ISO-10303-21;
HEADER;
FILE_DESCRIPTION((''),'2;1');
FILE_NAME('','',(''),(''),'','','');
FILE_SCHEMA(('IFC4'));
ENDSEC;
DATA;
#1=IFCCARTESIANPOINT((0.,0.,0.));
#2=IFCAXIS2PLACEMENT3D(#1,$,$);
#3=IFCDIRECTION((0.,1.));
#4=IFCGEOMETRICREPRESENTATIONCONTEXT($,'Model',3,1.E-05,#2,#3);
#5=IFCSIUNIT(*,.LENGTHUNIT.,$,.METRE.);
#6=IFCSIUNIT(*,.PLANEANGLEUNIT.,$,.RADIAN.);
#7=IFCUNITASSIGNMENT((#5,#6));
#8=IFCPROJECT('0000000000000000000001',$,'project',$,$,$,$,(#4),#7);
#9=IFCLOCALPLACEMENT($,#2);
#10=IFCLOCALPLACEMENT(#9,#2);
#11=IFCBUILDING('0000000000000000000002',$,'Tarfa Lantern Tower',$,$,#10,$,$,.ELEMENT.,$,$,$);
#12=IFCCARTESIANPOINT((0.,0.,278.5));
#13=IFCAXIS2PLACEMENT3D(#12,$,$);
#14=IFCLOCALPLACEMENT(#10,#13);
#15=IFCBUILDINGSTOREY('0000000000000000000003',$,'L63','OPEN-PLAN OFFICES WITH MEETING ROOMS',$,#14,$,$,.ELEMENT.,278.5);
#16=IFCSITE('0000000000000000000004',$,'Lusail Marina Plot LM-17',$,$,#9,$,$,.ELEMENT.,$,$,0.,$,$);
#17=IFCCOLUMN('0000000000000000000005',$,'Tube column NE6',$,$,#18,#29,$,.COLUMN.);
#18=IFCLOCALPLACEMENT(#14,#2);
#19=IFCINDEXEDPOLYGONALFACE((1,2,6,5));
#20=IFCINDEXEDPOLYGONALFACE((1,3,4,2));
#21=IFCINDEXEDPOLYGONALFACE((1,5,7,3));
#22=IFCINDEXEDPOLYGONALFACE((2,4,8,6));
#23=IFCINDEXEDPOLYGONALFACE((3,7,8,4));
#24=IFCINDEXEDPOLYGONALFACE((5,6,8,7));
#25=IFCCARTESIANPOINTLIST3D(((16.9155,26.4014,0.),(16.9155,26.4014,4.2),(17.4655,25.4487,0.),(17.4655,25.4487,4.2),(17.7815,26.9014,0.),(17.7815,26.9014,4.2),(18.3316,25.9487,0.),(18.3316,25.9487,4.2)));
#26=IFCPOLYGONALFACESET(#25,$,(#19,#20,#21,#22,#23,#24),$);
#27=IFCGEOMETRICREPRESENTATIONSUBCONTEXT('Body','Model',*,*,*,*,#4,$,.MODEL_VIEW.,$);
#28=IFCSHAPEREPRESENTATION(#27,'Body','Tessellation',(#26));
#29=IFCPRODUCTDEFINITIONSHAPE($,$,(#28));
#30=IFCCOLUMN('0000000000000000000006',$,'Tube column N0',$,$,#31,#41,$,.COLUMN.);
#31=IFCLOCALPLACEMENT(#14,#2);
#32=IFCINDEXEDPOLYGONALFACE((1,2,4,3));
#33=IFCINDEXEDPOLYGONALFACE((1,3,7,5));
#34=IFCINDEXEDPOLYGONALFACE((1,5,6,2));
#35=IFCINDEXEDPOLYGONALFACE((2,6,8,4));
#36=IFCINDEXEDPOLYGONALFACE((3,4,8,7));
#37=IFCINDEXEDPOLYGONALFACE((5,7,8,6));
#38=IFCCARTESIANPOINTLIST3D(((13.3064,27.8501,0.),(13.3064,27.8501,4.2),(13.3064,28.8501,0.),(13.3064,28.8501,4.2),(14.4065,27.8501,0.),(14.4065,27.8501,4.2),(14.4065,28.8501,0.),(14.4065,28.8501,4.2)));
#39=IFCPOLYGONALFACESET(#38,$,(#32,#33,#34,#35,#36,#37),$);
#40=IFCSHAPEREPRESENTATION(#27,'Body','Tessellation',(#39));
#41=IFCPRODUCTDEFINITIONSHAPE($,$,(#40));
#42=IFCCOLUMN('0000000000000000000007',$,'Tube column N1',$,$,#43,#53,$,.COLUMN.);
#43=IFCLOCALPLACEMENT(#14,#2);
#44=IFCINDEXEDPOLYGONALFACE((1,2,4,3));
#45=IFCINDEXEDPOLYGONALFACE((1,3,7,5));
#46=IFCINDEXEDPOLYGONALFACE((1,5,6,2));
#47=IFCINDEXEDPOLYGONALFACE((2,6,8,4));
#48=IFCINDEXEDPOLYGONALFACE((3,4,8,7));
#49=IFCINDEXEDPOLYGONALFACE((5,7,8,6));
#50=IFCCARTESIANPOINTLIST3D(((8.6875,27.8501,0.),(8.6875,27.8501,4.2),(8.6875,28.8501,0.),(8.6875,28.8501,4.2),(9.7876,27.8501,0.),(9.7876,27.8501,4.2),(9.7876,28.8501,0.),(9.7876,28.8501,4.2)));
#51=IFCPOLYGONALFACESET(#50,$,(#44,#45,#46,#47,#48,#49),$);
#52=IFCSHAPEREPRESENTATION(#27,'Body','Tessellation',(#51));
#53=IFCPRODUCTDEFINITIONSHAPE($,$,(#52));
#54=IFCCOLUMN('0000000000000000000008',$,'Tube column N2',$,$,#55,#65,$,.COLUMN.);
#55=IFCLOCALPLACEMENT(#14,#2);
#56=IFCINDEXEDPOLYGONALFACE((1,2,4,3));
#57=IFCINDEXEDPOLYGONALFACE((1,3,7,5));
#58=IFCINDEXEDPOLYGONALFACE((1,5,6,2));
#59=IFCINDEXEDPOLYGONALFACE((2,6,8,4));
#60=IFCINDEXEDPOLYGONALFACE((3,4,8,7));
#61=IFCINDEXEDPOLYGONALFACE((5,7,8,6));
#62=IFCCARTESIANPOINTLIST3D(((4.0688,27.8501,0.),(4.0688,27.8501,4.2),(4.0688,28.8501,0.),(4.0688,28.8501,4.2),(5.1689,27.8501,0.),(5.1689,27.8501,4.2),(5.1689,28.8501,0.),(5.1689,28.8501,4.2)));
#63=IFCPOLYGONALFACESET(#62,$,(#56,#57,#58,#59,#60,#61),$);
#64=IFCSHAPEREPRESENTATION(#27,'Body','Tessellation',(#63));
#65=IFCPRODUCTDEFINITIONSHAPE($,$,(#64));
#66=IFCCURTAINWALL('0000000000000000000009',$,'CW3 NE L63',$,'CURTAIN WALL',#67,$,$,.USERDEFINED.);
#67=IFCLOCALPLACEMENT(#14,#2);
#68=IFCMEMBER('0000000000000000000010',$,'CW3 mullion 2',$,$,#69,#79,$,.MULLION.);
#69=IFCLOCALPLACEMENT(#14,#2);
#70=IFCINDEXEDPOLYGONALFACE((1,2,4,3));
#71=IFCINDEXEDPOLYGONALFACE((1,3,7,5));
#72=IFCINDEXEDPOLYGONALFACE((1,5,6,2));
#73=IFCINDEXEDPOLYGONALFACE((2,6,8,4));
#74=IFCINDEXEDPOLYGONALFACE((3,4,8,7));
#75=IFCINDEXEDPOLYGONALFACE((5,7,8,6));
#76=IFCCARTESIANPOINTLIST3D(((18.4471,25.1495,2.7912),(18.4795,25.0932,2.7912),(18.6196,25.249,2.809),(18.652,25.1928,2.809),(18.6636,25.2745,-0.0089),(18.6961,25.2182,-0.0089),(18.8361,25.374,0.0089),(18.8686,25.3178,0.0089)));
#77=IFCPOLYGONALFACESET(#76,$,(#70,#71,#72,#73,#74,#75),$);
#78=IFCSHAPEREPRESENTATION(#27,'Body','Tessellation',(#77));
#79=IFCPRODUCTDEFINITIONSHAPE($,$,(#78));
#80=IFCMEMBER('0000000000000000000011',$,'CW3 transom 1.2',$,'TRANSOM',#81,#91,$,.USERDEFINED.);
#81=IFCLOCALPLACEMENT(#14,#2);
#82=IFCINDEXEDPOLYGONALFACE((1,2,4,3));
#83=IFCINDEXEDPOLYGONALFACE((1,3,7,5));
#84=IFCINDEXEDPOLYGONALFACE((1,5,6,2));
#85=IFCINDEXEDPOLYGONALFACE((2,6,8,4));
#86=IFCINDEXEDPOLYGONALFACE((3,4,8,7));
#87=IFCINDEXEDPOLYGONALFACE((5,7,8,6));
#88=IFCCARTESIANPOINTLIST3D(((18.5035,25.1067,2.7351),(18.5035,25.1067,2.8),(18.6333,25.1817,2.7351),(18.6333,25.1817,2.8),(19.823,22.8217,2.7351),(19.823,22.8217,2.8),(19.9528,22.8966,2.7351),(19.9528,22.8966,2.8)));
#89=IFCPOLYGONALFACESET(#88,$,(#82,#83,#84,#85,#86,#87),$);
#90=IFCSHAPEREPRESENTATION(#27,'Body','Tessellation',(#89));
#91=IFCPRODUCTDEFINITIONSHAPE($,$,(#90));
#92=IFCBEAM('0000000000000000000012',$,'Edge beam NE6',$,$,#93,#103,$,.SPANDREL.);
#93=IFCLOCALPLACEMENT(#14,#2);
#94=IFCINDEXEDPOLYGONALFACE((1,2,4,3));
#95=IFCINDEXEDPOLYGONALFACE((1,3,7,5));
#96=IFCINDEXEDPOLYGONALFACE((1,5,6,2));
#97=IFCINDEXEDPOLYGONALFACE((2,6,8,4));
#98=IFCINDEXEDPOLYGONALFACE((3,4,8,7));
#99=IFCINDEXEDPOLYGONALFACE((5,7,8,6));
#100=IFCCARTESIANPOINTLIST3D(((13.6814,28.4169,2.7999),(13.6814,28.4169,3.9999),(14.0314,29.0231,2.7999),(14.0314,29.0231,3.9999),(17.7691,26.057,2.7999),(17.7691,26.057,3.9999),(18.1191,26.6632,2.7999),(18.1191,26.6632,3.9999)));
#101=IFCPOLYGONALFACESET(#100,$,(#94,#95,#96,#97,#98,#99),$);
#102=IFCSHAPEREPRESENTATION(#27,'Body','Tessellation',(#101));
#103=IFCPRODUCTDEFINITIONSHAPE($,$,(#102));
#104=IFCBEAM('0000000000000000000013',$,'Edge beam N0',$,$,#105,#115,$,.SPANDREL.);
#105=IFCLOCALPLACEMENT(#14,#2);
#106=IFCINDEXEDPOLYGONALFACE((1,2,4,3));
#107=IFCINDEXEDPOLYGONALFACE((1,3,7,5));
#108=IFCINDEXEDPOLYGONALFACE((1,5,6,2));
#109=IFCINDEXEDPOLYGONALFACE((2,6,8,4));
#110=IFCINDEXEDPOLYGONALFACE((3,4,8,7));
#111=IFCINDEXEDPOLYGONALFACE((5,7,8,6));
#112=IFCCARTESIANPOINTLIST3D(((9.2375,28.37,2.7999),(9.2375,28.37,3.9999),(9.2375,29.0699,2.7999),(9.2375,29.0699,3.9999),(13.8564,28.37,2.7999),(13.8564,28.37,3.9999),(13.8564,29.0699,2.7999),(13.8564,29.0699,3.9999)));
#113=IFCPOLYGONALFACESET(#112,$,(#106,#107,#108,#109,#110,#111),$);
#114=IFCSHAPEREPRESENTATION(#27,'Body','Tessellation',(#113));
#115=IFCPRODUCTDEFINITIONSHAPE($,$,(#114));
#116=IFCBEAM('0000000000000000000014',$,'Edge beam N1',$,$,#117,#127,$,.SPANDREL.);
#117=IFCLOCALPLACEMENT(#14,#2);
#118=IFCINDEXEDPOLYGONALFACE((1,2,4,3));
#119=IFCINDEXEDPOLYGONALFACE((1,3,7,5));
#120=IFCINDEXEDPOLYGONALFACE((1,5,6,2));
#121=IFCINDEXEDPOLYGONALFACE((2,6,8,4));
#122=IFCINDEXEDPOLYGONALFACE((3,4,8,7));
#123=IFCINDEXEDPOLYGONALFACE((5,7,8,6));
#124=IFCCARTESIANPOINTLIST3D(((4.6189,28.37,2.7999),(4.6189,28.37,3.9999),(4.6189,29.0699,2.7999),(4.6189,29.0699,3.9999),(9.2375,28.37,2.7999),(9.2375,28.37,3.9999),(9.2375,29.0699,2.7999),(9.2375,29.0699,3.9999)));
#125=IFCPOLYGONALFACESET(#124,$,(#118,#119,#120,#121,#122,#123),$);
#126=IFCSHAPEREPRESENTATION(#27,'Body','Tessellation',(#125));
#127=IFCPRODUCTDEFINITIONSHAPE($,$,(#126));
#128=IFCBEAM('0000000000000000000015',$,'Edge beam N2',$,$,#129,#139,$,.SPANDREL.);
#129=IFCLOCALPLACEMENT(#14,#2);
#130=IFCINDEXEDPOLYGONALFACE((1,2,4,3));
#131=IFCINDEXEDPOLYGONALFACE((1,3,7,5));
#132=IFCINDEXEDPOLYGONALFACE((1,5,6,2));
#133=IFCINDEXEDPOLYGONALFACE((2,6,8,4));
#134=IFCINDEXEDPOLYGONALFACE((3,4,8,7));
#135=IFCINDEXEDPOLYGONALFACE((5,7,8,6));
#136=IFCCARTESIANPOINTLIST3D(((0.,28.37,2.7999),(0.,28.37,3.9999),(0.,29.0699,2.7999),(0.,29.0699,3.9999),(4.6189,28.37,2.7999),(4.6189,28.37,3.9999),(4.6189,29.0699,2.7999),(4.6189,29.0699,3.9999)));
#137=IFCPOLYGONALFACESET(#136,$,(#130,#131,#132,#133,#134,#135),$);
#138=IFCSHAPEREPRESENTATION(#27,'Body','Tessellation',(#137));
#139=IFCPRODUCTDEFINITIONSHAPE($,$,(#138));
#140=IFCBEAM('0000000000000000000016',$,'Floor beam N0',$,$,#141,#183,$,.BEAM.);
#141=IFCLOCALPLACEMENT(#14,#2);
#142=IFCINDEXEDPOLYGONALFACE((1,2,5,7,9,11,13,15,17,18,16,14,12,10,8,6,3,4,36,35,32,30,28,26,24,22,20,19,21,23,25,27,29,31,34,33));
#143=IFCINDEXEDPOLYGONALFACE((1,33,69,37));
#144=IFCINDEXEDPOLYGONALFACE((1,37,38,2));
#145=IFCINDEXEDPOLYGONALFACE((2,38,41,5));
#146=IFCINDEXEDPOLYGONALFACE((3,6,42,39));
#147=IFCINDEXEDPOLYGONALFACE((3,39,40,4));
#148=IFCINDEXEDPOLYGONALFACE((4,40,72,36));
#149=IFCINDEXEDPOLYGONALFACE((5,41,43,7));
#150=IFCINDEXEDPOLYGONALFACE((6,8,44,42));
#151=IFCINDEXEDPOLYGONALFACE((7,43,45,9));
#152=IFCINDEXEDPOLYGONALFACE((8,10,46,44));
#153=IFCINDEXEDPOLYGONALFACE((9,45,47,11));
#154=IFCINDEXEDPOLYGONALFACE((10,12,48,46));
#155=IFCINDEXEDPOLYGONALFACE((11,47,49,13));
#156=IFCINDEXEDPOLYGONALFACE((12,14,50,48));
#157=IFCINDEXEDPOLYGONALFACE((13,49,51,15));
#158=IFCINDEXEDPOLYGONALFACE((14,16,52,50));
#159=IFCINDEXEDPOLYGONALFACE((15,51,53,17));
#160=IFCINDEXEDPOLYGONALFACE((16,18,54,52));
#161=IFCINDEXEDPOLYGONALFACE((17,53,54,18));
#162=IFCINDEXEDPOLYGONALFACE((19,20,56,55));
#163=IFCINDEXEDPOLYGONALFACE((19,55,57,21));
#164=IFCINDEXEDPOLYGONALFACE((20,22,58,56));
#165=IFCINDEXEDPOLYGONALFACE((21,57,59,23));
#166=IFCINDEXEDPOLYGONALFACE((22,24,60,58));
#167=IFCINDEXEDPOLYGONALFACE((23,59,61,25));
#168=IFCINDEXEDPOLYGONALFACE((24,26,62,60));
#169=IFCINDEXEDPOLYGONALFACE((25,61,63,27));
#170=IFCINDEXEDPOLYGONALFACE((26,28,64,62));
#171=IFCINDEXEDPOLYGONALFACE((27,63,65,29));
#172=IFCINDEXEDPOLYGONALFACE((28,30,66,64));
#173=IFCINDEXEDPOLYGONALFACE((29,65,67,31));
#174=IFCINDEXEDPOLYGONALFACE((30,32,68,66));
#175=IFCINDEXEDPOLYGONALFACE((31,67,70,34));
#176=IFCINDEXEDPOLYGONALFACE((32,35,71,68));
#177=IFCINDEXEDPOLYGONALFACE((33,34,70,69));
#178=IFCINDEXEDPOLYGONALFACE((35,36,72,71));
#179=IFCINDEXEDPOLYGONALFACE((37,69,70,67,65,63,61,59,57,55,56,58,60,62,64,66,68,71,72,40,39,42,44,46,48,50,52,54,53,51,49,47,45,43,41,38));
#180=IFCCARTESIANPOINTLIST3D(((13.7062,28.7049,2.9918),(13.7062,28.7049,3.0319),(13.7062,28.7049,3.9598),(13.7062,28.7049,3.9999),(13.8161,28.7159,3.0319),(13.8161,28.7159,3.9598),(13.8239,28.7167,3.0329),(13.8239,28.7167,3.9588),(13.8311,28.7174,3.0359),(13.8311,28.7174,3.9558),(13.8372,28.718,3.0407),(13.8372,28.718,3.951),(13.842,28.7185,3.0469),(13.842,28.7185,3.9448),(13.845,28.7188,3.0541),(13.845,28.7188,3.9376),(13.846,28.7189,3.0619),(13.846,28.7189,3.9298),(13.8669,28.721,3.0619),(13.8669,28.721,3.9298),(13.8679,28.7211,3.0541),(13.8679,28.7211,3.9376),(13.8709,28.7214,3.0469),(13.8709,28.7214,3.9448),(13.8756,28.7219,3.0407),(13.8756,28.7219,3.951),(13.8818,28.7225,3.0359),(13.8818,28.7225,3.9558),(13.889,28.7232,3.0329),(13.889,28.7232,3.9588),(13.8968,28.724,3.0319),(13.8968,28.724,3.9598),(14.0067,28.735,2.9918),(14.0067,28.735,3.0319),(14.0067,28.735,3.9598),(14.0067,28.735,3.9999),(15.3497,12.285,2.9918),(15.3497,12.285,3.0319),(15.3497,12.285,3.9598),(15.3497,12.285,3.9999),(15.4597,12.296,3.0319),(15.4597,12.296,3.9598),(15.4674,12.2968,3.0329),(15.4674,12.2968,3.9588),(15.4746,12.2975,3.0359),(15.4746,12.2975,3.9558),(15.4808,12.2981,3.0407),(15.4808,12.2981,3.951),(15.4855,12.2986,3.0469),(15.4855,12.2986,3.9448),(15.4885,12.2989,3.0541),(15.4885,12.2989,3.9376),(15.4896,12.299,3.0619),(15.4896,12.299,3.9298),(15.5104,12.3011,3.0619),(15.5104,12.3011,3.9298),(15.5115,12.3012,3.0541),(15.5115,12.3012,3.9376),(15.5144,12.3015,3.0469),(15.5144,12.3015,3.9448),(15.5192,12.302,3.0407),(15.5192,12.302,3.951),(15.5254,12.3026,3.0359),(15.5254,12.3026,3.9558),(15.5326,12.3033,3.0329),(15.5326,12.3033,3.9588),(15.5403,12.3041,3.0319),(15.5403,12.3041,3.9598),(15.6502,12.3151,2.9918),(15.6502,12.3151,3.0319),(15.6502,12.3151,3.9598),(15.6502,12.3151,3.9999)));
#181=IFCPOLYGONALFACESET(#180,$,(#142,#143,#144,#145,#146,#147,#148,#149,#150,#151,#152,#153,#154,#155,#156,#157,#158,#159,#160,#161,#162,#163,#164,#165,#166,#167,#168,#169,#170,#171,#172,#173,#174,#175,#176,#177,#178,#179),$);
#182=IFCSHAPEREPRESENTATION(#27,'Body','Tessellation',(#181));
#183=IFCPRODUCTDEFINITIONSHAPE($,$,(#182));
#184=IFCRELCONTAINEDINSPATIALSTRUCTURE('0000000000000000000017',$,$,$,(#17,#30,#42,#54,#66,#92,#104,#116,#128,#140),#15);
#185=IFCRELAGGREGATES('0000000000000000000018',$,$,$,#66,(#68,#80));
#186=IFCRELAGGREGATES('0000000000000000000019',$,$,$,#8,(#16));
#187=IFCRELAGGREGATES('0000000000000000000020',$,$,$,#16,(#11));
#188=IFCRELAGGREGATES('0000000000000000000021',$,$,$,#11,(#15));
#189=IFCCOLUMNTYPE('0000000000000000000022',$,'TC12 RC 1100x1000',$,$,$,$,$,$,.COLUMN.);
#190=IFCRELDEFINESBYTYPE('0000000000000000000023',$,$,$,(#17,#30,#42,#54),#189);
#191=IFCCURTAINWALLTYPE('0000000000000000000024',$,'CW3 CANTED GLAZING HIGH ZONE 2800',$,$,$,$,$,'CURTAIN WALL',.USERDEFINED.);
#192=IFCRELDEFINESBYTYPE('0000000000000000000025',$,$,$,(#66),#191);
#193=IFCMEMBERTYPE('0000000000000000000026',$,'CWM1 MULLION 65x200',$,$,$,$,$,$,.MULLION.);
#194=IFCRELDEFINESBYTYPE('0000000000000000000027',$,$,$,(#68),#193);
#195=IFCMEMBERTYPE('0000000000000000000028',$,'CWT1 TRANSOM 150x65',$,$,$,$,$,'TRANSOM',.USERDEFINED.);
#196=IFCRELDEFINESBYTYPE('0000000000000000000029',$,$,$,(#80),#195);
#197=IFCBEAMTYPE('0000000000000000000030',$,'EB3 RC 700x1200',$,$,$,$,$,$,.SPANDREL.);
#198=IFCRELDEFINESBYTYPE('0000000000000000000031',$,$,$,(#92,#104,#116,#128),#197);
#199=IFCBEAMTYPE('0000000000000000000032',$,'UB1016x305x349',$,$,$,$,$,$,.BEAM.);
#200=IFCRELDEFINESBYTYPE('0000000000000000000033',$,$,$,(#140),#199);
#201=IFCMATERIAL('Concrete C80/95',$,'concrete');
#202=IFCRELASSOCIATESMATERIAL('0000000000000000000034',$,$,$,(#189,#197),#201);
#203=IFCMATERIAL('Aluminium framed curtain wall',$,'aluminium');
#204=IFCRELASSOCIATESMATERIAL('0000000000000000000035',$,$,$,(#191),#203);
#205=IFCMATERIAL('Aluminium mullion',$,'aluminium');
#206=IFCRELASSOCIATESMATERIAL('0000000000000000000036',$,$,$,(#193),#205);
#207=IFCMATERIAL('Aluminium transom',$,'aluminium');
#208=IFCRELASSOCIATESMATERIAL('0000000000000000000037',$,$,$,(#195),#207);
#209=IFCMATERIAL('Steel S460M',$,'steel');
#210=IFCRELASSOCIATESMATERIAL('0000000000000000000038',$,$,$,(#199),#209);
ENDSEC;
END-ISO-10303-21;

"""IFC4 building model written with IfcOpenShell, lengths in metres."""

from ifc_helpers import new_model, si_unit, direction, frame, origin, origin_2d, place, context, subcontext, project, spatial, rectangle, i_section, extrude, material, material_profile, profile_set, type_object, element, aggregate, save


model = new_model("IFC4")

# Units and contexts
model_context = context("Model", 3, precision=1e-05, world=origin(), true_north=direction((0.0, 1.0)))
body_context = subcontext(model_context, "Body", "Model", "MODEL_VIEW")
ifc_project = project(units=[si_unit("LENGTHUNIT", "METRE"), si_unit("PLANEANGLEUNIT", "RADIAN")], contexts=[model_context])

# Site, building, storey
site_placement = place(None, origin())
site = spatial("IfcSite", under=ifc_project, at=site_placement, Name="Lusail Marina Plot LM-17", CompositionType="ELEMENT", RefElevation=0.0)
building_placement = place(site_placement, origin())
building = spatial("IfcBuilding", under=site, at=building_placement, Name="Tarfa Lantern Tower", CompositionType="ELEMENT")
storey_placement = place(building_placement, frame((0.0, 0.0, 278.5)))
storey = spatial("IfcBuildingStorey", under=building, at=storey_placement, Name="L63", Description="OPEN-PLAN OFFICES WITH MEETING ROOMS", CompositionType="ELEMENT", Elevation=278.5)

# Columns
ifc_material_1 = material(Name="Concrete C80/95", Category="concrete")
ifc_material_profile_1 = material_profile(ifc_material_1, rectangle(XDim=1.1001, YDim=1.0, at=origin_2d()), Name="RC 1100x1000")
ifc_profile_set_1 = profile_set([ifc_material_profile_1], Name="Concrete C80/95")
column_type = type_object("IfcColumnType", Name="TC12 RC 1100x1000", PredefinedType="COLUMN", material=ifc_profile_set_1)
for number, where, z_axis, x_axis, name in (
    (1, (17.6235, 26.175, 0.0), (0.0, 0.0, 1.0), (-0.5, 0.866025, 0.0), "Tube column NE6"),
    (2, (13.8564, 28.3501, 0.0), (0.0, 0.0, 1.0), (-1.0, 0.0, 0.0), "Tube column N0"),
    (3, (9.2375, 28.3501, 0.0), (0.0, 0.0, 1.0), (-1.0, 0.0, 0.0), "Tube column N1"),
    (4, (4.6189, 28.3501, 0.0), (0.0, 0.0, 1.0), (-1.0, 0.0, 0.0), "Tube column N2"),
):
    element("IfcColumn", number, at=place(storey_placement, frame(where, z_axis=z_axis, x_axis=x_axis)), inside=storey, type_object=column_type, Name=name, PredefinedType="COLUMN", context=body_context, shape_type="SweptSolid", body=[
        extrude(rectangle(XDim=1.1001, YDim=1.0, at=origin_2d()), origin(), (0.0, 0.0, 1.0), 4.2),
    ])

# Curtain wall, members
ifc_material_2 = material(Name="Aluminium framed curtain wall", Category="aluminium")
curtain_wall_type = type_object("IfcCurtainWallType", Name="CW3 CANTED GLAZING HIGH ZONE 2800", ElementType="CURTAIN WALL", PredefinedType="USERDEFINED", material=ifc_material_2)
curtain_wall_placement = place(storey_placement, origin())
curtain_wall = element("IfcCurtainWall", 5, at=curtain_wall_placement, inside=storey, type_object=curtain_wall_type, Name="CW3 NE L63", ObjectType="CURTAIN WALL", PredefinedType="USERDEFINED")
ifc_material_3 = material(Name="Aluminium mullion", Category="aluminium")
ifc_material_profile_2 = material_profile(ifc_material_3, rectangle(XDim=0.0649, YDim=0.2, at=origin_2d()), Name="AL MULLION 65x200")
ifc_profile_set_2 = profile_set([ifc_material_profile_2], Name="Aluminium mullion")
member_type_1 = type_object("IfcMemberType", Name="CWM1 MULLION 65x200", PredefinedType="MULLION", material=ifc_profile_set_2)
member_1_placement = place(storey_placement, frame((18.7661, 25.2961, 0.0), z_axis=(-0.077032, -0.044465, 0.996037), x_axis=(0.49992, -0.866072, 0.0)))
member_1 = element("IfcMember", 6, at=member_1_placement, type_object=member_type_1, Name="CW3 mullion 2", PredefinedType="MULLION", context=body_context, shape_type="SweptSolid", body=[
    extrude(rectangle(XDim=0.0649, YDim=0.2, at=origin_2d()), origin(), (0.0, 0.0, 1.0), 2.8113),
])
ifc_material_4 = material(Name="Aluminium transom", Category="aluminium")
ifc_material_profile_3 = material_profile(ifc_material_4, rectangle(XDim=0.1499, YDim=0.0649, at=origin_2d()), Name="AL TRANSOM 150x65")
ifc_profile_set_3 = profile_set([ifc_material_profile_3], Name="Aluminium transom")
member_type_2 = type_object("IfcMemberType", Name="CWT1 TRANSOM 150x65", ElementType="TRANSOM", PredefinedType="USERDEFINED", material=ifc_profile_set_3)
member_2_placement = place(storey_placement, frame((19.8879, 22.8591, 2.7676), z_axis=(-0.500069, 0.865985, 0.0), x_axis=(-0.865985, -0.500069, 0.0)))
member_2 = element("IfcMember", 7, at=member_2_placement, type_object=member_type_2, Name="CW3 transom 1.2", ObjectType="TRANSOM", PredefinedType="USERDEFINED", context=body_context, shape_type="SweptSolid", body=[
    extrude(rectangle(XDim=0.1499, YDim=0.0649, at=origin_2d()), origin(), (0.0, 0.0, 1.0), 2.6387),
])

# Beams
ifc_material_profile_4 = material_profile(ifc_material_1, rectangle(XDim=0.7, YDim=1.2, at=origin_2d()), Name="RC 700x1200")
ifc_profile_set_4 = profile_set([ifc_material_profile_4], Name="Concrete C80/95")
beam_type_1 = type_object("IfcBeamType", Name="EB3 RC 700x1200", PredefinedType="SPANDREL", material=ifc_profile_set_4)
beam_1_placement = place(storey_placement, frame((17.9441, 26.3601, 3.3999), z_axis=(-0.866038, 0.499978, 0.0), x_axis=(-0.499978, -0.866038, 0.0)))
element("IfcBeam", 8, at=beam_1_placement, inside=storey, type_object=beam_type_1, Name="Edge beam NE6", PredefinedType="SPANDREL", context=body_context, shape_type="SweptSolid", body=[
    extrude(rectangle(XDim=0.7, YDim=1.2, at=origin_2d()), origin(), (0.0, 0.0, 1.0), 4.72),
])
beam_2_placement = place(storey_placement, frame((13.8564, 28.72, 3.3999), z_axis=(-1.0, 0.0, 0.0), x_axis=(0.0, -1.0, 0.0)))
element("IfcBeam", 9, at=beam_2_placement, inside=storey, type_object=beam_type_1, Name="Edge beam N0", PredefinedType="SPANDREL", context=body_context, shape_type="SweptSolid", body=[
    extrude(rectangle(XDim=0.7, YDim=1.2, at=origin_2d()), origin(), (0.0, 0.0, 1.0), 4.6189),
])
beam_3_placement = place(storey_placement, frame((9.2375, 28.72, 3.3999), z_axis=(-1.0, 0.0, 0.0), x_axis=(0.0, -1.0, 0.0)))
element("IfcBeam", 10, at=beam_3_placement, inside=storey, type_object=beam_type_1, Name="Edge beam N1", PredefinedType="SPANDREL", context=body_context, shape_type="SweptSolid", body=[
    extrude(rectangle(XDim=0.7, YDim=1.2, at=origin_2d()), origin(), (0.0, 0.0, 1.0), 4.6187),
])
beam_4_placement = place(storey_placement, frame((4.6189, 28.72, 3.3999), z_axis=(-1.0, 0.0, 0.0), x_axis=(0.0, -1.0, 0.0)))
element("IfcBeam", 11, at=beam_4_placement, inside=storey, type_object=beam_type_1, Name="Edge beam N2", PredefinedType="SPANDREL", context=body_context, shape_type="SweptSolid", body=[
    extrude(rectangle(XDim=0.7, YDim=1.2, at=origin_2d()), origin(), (0.0, 0.0, 1.0), 4.6189),
])
ifc_material_5 = material(Name="Steel S460M", Category="steel")
ifc_material_profile_5 = material_profile(ifc_material_5, i_section(OverallWidth=0.302, OverallDepth=1.0081, WebThickness=0.021, FlangeThickness=0.04, FilletRadius=0.03, at=origin_2d()), Name="UB1016x305x349")
ifc_profile_set_5 = profile_set([ifc_material_profile_5], Name="Steel S460M")
beam_type_2 = type_object("IfcBeamType", Name="UB1016x305x349", PredefinedType="BEAM", material=ifc_profile_set_5)
beam_5_placement = place(storey_placement, frame((13.8564, 28.72, 3.4958), z_axis=(0.099597, -0.995028, 0.0), x_axis=(0.995028, 0.099597, 0.0)))
element("IfcBeam", 12, at=beam_5_placement, inside=storey, type_object=beam_type_2, Name="Floor beam N0", PredefinedType="BEAM", context=body_context, shape_type="SweptSolid", body=[
    extrude(i_section(OverallWidth=0.302, OverallDepth=1.0081, WebThickness=0.021, FlangeThickness=0.04, FilletRadius=0.03, at=origin_2d()), origin(), (0.0, 0.0, 1.0), 16.502),
])

aggregate(curtain_wall, [member_1, member_2])

save(model, "model.ifc")
